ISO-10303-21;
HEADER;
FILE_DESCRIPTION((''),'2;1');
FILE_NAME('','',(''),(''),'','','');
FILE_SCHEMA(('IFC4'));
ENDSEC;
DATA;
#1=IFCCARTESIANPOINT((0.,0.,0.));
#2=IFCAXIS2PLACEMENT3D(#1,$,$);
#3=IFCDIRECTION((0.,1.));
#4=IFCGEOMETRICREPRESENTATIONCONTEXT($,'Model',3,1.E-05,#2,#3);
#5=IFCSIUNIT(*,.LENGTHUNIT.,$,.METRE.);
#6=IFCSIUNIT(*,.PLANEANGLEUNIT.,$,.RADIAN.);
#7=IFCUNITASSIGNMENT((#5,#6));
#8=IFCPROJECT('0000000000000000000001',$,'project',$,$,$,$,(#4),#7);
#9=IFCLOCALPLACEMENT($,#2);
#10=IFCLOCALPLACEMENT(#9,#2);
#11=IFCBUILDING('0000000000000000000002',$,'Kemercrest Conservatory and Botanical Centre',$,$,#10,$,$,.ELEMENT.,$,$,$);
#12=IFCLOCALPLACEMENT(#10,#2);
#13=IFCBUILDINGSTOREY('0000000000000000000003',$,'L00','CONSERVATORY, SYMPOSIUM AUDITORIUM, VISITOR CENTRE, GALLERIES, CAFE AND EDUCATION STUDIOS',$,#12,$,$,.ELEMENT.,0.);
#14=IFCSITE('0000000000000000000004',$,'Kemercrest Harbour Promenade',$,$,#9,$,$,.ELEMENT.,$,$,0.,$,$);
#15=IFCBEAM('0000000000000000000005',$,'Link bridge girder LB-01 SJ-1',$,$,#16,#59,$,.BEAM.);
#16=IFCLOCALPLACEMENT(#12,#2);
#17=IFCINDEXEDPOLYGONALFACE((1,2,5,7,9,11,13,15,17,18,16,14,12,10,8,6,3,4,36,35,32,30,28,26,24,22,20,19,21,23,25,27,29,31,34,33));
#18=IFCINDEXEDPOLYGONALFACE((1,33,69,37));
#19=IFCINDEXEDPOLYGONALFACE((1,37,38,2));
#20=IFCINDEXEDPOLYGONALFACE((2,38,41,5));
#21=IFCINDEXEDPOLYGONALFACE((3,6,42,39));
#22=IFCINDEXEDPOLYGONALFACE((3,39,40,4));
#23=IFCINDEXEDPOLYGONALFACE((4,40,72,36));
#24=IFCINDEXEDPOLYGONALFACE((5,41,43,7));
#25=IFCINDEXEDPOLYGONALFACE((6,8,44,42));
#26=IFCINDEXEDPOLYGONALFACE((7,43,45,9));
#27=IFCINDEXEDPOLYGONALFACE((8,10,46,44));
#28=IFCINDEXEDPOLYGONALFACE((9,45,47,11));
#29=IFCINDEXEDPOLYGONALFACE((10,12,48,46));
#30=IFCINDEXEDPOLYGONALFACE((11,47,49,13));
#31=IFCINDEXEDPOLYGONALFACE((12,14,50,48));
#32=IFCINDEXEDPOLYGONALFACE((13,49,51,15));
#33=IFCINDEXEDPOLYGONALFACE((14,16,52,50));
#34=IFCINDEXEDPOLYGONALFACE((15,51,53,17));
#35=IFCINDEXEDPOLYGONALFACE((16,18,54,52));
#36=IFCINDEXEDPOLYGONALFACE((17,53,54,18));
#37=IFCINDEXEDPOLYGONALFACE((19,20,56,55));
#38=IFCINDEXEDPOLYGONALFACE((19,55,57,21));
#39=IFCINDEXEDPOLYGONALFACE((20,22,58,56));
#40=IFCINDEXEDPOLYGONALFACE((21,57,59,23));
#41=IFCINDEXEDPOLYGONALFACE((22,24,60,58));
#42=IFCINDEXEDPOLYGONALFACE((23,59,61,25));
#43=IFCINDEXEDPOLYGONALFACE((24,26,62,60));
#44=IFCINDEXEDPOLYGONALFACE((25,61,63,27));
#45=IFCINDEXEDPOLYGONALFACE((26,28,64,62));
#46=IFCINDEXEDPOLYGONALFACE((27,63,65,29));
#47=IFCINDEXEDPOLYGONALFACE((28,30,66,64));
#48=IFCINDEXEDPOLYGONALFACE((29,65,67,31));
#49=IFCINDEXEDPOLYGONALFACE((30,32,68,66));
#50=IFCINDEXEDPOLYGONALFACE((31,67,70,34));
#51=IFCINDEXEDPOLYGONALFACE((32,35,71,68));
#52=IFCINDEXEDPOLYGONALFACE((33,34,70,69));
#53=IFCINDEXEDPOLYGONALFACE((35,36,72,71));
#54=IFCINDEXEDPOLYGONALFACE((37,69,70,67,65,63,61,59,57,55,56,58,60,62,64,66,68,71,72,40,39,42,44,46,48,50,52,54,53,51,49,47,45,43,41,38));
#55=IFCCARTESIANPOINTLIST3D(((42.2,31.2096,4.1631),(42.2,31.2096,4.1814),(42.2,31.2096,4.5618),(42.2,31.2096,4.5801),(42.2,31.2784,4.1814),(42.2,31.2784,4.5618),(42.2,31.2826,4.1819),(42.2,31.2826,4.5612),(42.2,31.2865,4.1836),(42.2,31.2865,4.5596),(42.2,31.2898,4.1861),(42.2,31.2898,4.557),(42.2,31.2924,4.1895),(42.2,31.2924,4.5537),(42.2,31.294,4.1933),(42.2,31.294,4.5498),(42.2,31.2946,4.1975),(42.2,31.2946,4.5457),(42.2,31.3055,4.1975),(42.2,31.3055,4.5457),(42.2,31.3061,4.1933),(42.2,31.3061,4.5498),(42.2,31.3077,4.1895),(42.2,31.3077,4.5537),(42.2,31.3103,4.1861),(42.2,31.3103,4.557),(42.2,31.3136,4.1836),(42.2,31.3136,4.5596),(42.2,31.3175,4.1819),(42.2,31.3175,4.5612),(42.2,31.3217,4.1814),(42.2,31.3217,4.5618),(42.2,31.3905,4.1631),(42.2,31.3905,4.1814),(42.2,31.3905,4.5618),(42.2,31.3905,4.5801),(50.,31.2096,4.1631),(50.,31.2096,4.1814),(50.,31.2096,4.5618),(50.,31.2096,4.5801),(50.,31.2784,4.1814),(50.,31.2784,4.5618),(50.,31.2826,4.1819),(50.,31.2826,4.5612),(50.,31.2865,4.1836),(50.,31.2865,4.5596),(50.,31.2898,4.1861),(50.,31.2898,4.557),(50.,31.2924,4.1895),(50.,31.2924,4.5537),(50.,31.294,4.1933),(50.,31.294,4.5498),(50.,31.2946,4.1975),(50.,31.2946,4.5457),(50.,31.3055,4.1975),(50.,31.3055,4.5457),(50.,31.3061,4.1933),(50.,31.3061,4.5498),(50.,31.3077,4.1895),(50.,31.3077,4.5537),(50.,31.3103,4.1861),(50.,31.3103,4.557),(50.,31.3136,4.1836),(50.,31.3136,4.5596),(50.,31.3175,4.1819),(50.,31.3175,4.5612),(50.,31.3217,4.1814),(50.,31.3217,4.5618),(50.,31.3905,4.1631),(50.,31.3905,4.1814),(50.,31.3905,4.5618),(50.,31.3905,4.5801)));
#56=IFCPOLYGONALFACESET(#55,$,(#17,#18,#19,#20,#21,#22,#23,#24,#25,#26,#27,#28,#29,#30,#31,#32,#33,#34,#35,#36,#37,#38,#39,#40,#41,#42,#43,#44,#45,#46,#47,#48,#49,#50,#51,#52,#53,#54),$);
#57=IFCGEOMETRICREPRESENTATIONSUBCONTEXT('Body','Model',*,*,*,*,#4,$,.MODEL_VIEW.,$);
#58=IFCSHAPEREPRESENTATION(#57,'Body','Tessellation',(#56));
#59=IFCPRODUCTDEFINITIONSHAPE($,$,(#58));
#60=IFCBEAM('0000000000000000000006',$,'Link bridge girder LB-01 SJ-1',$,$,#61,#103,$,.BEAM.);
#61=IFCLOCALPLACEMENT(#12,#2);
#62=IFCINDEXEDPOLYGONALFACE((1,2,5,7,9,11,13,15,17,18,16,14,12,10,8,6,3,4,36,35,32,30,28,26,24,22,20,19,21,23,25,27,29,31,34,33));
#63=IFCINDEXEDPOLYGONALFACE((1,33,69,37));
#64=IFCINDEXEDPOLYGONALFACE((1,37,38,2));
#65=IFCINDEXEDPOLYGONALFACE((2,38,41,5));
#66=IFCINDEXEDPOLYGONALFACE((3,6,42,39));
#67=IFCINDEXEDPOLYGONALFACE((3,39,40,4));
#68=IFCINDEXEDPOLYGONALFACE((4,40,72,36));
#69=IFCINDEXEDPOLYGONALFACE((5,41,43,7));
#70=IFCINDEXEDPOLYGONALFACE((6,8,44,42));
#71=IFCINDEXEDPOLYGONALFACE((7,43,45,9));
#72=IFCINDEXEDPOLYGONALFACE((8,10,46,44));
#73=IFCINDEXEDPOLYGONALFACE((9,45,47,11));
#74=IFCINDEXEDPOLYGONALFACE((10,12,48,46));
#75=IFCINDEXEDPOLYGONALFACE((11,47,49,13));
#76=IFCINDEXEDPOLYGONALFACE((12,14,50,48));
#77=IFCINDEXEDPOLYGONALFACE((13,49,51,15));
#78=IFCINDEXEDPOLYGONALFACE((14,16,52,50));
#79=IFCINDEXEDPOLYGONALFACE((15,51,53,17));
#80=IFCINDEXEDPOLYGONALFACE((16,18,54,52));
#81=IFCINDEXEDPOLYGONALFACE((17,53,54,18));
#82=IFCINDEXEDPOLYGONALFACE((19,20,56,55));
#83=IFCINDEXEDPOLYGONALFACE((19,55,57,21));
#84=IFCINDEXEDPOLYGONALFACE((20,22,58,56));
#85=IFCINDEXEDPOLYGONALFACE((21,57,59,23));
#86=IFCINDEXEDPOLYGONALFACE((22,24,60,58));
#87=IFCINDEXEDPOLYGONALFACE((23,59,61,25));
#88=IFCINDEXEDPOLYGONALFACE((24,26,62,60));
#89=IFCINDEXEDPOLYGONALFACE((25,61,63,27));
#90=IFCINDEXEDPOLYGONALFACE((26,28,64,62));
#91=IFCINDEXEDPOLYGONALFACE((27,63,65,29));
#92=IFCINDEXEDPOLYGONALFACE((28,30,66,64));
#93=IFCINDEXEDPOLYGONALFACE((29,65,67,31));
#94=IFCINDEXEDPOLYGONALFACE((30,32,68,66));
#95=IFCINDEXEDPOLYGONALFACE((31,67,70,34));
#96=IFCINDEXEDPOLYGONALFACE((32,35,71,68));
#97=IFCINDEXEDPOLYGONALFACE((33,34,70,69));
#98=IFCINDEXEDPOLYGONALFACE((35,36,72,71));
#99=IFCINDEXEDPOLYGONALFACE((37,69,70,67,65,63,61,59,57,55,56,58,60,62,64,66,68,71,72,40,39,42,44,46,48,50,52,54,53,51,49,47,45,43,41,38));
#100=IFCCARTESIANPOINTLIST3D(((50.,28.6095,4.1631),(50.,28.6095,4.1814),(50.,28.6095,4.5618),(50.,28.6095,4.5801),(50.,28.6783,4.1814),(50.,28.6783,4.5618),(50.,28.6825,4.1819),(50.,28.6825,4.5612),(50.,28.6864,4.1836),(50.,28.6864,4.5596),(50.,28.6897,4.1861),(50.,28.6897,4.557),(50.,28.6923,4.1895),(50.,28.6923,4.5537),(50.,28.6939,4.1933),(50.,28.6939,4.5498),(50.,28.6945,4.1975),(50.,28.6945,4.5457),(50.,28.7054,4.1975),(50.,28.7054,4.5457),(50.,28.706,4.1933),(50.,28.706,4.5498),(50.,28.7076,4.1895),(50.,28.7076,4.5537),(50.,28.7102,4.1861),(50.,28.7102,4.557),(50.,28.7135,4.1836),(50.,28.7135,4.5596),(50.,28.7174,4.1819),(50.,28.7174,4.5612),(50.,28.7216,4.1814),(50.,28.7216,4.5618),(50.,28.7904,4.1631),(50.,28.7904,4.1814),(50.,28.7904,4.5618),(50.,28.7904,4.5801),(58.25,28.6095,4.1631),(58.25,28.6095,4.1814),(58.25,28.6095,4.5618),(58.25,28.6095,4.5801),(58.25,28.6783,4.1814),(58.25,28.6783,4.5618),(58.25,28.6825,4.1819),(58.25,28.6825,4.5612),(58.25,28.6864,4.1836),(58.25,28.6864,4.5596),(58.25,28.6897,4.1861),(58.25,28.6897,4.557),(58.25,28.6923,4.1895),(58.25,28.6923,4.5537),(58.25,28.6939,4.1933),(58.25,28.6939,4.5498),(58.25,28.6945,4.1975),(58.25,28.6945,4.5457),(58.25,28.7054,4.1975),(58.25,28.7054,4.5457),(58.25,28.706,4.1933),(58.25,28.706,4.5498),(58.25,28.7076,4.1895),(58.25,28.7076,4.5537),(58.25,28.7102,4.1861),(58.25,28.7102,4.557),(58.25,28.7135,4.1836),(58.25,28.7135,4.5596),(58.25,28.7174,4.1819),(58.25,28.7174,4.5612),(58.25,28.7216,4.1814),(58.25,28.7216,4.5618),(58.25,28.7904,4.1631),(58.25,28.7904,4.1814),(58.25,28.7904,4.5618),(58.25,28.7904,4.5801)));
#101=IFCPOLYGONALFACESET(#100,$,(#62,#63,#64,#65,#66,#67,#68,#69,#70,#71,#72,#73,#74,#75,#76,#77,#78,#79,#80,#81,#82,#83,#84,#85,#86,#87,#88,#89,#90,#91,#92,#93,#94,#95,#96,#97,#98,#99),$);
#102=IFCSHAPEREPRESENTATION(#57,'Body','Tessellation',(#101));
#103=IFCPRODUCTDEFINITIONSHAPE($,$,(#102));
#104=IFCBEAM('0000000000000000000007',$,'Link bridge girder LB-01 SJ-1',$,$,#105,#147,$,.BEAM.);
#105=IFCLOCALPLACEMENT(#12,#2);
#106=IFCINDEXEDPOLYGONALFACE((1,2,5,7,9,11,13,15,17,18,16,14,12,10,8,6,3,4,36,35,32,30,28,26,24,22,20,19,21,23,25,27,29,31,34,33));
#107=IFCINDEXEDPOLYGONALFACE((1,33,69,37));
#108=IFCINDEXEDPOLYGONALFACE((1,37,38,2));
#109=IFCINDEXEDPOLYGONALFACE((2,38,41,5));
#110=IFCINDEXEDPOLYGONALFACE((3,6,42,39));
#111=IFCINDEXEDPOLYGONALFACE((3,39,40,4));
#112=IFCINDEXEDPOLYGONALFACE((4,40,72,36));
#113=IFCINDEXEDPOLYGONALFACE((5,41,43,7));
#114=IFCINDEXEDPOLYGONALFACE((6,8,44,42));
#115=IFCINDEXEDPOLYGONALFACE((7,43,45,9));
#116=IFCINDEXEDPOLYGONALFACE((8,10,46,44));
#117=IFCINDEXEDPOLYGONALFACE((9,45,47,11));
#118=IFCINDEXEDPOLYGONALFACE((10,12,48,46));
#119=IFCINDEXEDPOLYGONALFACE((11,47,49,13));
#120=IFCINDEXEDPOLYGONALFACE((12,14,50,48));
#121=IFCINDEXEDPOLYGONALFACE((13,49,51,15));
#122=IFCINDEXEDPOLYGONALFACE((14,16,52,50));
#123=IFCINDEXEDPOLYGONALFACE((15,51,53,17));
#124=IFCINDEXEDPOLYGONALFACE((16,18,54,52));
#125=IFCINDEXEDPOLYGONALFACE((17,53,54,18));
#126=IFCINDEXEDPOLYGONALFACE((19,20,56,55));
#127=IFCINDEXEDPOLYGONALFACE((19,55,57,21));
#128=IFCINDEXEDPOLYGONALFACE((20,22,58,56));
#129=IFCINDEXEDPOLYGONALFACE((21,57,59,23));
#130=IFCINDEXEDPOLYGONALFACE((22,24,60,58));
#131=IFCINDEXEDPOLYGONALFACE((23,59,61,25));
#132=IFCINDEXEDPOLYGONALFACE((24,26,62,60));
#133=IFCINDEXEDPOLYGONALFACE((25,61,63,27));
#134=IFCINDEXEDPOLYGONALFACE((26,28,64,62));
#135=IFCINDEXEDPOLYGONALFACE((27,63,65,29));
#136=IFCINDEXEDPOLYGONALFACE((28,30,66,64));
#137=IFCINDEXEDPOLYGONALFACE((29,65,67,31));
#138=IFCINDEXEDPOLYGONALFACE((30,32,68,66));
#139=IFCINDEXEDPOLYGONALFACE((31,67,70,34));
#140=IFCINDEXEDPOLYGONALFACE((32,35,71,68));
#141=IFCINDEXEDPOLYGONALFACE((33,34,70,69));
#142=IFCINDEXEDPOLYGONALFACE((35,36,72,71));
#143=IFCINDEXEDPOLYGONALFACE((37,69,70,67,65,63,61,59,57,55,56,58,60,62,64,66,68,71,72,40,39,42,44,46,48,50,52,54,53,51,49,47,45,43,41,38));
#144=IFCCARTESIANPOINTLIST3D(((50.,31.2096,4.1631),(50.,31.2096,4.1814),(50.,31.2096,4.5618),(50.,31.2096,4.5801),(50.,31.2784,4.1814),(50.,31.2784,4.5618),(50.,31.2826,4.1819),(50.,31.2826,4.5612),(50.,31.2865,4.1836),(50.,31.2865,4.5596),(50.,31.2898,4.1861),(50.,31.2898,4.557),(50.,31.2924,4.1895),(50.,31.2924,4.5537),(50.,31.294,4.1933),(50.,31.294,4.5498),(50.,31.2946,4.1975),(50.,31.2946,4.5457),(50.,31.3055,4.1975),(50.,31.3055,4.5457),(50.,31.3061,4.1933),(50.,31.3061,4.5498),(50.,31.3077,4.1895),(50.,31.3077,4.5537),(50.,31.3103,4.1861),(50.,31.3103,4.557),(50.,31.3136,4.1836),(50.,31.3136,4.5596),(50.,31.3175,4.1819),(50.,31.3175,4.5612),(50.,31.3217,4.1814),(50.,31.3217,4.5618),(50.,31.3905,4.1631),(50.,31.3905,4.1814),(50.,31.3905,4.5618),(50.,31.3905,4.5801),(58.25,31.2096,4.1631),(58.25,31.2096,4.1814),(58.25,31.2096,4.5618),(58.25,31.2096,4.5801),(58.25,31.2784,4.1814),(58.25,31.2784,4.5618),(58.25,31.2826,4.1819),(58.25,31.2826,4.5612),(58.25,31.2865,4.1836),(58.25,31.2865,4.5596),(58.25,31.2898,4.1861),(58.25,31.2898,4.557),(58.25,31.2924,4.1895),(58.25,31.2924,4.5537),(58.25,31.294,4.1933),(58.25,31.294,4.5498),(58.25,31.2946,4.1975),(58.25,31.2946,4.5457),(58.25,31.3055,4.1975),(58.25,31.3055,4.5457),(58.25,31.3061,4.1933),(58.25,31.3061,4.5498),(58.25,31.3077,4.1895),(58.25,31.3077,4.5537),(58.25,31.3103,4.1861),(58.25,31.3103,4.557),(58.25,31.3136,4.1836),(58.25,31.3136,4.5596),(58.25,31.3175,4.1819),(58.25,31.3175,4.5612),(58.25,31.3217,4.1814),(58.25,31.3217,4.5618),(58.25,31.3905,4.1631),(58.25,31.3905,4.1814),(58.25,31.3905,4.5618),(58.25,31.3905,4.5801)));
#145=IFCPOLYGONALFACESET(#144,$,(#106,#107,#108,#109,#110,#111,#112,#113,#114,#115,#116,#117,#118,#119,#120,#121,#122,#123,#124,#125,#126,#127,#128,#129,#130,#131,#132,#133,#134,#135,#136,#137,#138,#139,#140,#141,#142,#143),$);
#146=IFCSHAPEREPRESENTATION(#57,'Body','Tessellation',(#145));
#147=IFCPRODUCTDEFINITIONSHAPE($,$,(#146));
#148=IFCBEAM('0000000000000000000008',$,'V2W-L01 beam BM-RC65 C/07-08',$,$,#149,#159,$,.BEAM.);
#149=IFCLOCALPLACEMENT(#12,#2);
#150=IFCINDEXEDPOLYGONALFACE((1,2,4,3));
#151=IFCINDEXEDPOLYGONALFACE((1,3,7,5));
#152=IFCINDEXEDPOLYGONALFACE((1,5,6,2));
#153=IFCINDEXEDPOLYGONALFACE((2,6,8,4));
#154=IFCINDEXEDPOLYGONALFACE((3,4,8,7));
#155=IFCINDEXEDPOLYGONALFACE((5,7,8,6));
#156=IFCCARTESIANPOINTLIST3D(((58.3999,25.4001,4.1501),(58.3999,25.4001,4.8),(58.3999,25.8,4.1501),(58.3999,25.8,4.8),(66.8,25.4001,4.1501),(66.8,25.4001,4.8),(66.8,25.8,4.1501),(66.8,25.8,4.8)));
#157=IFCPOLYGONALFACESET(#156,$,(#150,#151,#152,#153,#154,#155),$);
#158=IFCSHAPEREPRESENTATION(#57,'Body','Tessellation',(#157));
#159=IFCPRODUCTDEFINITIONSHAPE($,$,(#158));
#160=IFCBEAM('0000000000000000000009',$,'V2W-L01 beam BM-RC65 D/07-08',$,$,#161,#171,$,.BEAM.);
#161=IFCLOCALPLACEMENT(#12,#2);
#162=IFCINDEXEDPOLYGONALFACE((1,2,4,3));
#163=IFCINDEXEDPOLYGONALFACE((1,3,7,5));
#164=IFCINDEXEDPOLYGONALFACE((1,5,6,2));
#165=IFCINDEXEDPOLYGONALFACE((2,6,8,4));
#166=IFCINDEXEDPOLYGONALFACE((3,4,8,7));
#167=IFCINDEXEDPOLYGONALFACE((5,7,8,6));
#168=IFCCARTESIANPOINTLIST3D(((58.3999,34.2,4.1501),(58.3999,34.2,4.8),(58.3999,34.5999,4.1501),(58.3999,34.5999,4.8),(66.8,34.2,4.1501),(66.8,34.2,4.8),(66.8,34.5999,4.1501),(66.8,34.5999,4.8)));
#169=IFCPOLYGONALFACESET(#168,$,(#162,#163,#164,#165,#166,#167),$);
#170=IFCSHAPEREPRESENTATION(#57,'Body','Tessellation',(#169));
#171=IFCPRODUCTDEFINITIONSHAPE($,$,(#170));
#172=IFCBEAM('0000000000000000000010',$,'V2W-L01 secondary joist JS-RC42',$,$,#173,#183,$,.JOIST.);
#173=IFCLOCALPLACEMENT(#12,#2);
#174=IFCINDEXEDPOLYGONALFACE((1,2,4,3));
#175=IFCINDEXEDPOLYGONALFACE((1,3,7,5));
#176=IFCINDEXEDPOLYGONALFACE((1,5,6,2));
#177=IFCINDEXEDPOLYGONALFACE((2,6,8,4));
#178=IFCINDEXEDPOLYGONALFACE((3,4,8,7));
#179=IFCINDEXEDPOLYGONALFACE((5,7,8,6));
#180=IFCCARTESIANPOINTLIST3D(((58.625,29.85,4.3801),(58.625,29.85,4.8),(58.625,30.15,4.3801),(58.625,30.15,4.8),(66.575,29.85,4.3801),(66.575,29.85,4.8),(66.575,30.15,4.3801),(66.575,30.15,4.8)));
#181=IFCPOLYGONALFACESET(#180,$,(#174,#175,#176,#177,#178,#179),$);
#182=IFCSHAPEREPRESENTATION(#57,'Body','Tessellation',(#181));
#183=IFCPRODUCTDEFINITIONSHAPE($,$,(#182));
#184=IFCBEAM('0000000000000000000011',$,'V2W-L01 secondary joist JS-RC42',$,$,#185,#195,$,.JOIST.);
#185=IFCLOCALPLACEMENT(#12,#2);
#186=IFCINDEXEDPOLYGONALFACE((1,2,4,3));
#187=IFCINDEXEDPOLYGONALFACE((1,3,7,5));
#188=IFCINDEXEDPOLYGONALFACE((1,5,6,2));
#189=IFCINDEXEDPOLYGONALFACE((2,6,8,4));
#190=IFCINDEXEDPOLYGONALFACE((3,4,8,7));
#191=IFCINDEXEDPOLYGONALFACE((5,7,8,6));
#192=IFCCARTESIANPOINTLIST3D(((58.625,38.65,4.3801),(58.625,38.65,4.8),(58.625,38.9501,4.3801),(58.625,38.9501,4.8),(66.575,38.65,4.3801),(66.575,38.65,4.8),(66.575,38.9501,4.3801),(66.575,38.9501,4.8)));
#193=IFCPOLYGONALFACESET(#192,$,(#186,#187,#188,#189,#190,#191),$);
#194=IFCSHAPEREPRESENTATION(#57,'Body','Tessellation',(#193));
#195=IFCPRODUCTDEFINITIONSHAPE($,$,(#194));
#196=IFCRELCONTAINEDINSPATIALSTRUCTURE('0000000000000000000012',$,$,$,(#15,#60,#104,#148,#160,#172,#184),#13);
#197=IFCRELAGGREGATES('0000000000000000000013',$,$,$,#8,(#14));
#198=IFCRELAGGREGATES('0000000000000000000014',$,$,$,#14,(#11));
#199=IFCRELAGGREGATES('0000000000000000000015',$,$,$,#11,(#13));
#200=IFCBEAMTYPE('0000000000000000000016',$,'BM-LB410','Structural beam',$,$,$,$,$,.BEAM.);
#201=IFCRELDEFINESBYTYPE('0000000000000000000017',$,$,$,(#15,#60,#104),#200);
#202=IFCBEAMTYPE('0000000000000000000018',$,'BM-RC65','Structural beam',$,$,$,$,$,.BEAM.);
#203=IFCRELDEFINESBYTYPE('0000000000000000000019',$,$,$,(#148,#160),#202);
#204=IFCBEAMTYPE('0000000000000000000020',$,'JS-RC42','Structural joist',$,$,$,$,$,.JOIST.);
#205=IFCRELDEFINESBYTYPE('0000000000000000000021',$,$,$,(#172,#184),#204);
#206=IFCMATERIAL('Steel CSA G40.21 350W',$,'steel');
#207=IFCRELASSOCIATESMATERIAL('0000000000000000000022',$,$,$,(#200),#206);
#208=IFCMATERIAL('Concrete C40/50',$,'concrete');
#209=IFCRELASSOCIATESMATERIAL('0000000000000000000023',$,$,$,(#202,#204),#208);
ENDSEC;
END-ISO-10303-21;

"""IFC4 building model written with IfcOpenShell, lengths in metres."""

from ifc_helpers import new_model, si_unit, direction, frame, origin, origin_2d, place, context, subcontext, project, spatial, rectangle, i_section, extrude, material, material_profile, profile_set, type_object, element, save


model = new_model("IFC4")

# Units and contexts
model_context = context("Model", 3, precision=1e-05, world=origin(), true_north=direction((0.0, 1.0)))
body_context = subcontext(model_context, "Body", "Model", "MODEL_VIEW")
ifc_project = project(units=[si_unit("LENGTHUNIT", "METRE"), si_unit("PLANEANGLEUNIT", "RADIAN")], contexts=[model_context])

# Site, building, storey
site_placement = place(None, origin())
site = spatial("IfcSite", under=ifc_project, at=site_placement, Name="Kemercrest Harbour Promenade", CompositionType="ELEMENT", RefElevation=0.0)
building_placement = place(site_placement, origin())
building = spatial("IfcBuilding", under=site, at=building_placement, Name="Kemercrest Conservatory and Botanical Centre", CompositionType="ELEMENT")
storey_placement = place(building_placement, origin())
storey = spatial("IfcBuildingStorey", under=building, at=storey_placement, Name="L00", Description="CONSERVATORY, SYMPOSIUM AUDITORIUM, VISITOR CENTRE, GALLERIES, CAFE AND EDUCATION STUDIOS", CompositionType="ELEMENT", Elevation=0.0)

# Shared definitions
ifc_material_1 = material(Name="Concrete C40/50", Category="concrete")
ifc_material_2 = material(Name="Steel CSA G40.21 350W", Category="steel")

# Beams
ifc_material_profile_1 = material_profile(ifc_material_2, i_section(OverallWidth=0.1809, OverallDepth=0.417, WebThickness=0.011, FlangeThickness=0.0183, FilletRadius=0.0161, at=origin_2d()), Name="W410X85")
ifc_profile_set_1 = profile_set([ifc_material_profile_1], Name="Steel CSA G40.21 350W")
beam_type_1 = type_object("IfcBeamType", Name="BM-LB410", Description="Structural beam", PredefinedType="BEAM", material=ifc_profile_set_1)
beam_1_placement = place(storey_placement, frame((42.2, 31.3, 4.3716), z_axis=(1.0, 0.0, 0.0), x_axis=(0.0, 1.0, 0.0)))
element("IfcBeam", 1, at=beam_1_placement, inside=storey, type_object=beam_type_1, Name="Link bridge girder LB-01 SJ-1", PredefinedType="BEAM", context=body_context, shape_type="SweptSolid", body=[
    extrude(i_section(OverallWidth=0.1809, OverallDepth=0.417, WebThickness=0.011, FlangeThickness=0.0183, FilletRadius=0.0161, at=origin_2d()), origin(), (0.0, 0.0, 1.0), 7.8),
])
for number, where, z_axis, x_axis, name in (
    (2, (50.0, 28.7, 4.3716), (1.0, 0.0, 0.0), (0.0, 1.0, 0.0), "Link bridge girder LB-01 SJ-1"),
    (3, (50.0, 31.3, 4.3716), (1.0, 0.0, 0.0), (0.0, 1.0, 0.0), "Link bridge girder LB-01 SJ-1"),
):
    element("IfcBeam", number, at=place(storey_placement, frame(where, z_axis=z_axis, x_axis=x_axis)), inside=storey, type_object=beam_type_1, Name=name, PredefinedType="BEAM", context=body_context, shape_type="SweptSolid", body=[
        extrude(i_section(OverallWidth=0.1809, OverallDepth=0.417, WebThickness=0.011, FlangeThickness=0.0183, FilletRadius=0.0161, at=origin_2d()), origin(), (0.0, 0.0, 1.0), 8.25),
    ])
ifc_material_profile_2 = material_profile(ifc_material_1, rectangle(XDim=0.3999, YDim=0.6499, at=origin_2d()), Name="RC 400x650")
ifc_profile_set_2 = profile_set([ifc_material_profile_2], Name="Concrete C40/50")
beam_type_2 = type_object("IfcBeamType", Name="BM-RC65", Description="Structural beam", PredefinedType="BEAM", material=ifc_profile_set_2)
for number, where, z_axis, x_axis, name in (
    (4, (58.3999, 25.6001, 4.4751), (1.0, 0.0, 0.0), (0.0, 1.0, 0.0), "V2W-L01 beam BM-RC65 C/07-08"),
    (5, (58.3999, 34.3999, 4.4751), (1.0, 0.0, 0.0), (0.0, 1.0, 0.0), "V2W-L01 beam BM-RC65 D/07-08"),
):
    element("IfcBeam", number, at=place(storey_placement, frame(where, z_axis=z_axis, x_axis=x_axis)), inside=storey, type_object=beam_type_2, Name=name, PredefinedType="BEAM", context=body_context, shape_type="SweptSolid", body=[
        extrude(rectangle(XDim=0.3999, YDim=0.6499, at=origin_2d()), origin(), (0.0, 0.0, 1.0), 8.4001),
    ])
ifc_material_profile_3 = material_profile(ifc_material_1, rectangle(XDim=0.3, YDim=0.4199, at=origin_2d()), Name="RC 300x420")
ifc_profile_set_3 = profile_set([ifc_material_profile_3], Name="Concrete C40/50")
beam_type_3 = type_object("IfcBeamType", Name="JS-RC42", Description="Structural joist", PredefinedType="JOIST", material=ifc_profile_set_3)
for number, where, z_axis, x_axis, name in (
    (6, (58.625, 30.0, 4.5901), (1.0, 0.0, 0.0), (0.0, 1.0, 0.0), "V2W-L01 secondary joist JS-RC42"),
    (7, (58.625, 38.8, 4.5901), (1.0, 0.0, 0.0), (0.0, 1.0, 0.0), "V2W-L01 secondary joist JS-RC42"),
):
    element("IfcBeam", number, at=place(storey_placement, frame(where, z_axis=z_axis, x_axis=x_axis)), inside=storey, type_object=beam_type_3, Name=name, PredefinedType="JOIST", context=body_context, shape_type="SweptSolid", body=[
        extrude(rectangle(XDim=0.3, YDim=0.4199, at=origin_2d()), origin(), (0.0, 0.0, 1.0), 7.95),
    ])

save(model, "model.ifc")
